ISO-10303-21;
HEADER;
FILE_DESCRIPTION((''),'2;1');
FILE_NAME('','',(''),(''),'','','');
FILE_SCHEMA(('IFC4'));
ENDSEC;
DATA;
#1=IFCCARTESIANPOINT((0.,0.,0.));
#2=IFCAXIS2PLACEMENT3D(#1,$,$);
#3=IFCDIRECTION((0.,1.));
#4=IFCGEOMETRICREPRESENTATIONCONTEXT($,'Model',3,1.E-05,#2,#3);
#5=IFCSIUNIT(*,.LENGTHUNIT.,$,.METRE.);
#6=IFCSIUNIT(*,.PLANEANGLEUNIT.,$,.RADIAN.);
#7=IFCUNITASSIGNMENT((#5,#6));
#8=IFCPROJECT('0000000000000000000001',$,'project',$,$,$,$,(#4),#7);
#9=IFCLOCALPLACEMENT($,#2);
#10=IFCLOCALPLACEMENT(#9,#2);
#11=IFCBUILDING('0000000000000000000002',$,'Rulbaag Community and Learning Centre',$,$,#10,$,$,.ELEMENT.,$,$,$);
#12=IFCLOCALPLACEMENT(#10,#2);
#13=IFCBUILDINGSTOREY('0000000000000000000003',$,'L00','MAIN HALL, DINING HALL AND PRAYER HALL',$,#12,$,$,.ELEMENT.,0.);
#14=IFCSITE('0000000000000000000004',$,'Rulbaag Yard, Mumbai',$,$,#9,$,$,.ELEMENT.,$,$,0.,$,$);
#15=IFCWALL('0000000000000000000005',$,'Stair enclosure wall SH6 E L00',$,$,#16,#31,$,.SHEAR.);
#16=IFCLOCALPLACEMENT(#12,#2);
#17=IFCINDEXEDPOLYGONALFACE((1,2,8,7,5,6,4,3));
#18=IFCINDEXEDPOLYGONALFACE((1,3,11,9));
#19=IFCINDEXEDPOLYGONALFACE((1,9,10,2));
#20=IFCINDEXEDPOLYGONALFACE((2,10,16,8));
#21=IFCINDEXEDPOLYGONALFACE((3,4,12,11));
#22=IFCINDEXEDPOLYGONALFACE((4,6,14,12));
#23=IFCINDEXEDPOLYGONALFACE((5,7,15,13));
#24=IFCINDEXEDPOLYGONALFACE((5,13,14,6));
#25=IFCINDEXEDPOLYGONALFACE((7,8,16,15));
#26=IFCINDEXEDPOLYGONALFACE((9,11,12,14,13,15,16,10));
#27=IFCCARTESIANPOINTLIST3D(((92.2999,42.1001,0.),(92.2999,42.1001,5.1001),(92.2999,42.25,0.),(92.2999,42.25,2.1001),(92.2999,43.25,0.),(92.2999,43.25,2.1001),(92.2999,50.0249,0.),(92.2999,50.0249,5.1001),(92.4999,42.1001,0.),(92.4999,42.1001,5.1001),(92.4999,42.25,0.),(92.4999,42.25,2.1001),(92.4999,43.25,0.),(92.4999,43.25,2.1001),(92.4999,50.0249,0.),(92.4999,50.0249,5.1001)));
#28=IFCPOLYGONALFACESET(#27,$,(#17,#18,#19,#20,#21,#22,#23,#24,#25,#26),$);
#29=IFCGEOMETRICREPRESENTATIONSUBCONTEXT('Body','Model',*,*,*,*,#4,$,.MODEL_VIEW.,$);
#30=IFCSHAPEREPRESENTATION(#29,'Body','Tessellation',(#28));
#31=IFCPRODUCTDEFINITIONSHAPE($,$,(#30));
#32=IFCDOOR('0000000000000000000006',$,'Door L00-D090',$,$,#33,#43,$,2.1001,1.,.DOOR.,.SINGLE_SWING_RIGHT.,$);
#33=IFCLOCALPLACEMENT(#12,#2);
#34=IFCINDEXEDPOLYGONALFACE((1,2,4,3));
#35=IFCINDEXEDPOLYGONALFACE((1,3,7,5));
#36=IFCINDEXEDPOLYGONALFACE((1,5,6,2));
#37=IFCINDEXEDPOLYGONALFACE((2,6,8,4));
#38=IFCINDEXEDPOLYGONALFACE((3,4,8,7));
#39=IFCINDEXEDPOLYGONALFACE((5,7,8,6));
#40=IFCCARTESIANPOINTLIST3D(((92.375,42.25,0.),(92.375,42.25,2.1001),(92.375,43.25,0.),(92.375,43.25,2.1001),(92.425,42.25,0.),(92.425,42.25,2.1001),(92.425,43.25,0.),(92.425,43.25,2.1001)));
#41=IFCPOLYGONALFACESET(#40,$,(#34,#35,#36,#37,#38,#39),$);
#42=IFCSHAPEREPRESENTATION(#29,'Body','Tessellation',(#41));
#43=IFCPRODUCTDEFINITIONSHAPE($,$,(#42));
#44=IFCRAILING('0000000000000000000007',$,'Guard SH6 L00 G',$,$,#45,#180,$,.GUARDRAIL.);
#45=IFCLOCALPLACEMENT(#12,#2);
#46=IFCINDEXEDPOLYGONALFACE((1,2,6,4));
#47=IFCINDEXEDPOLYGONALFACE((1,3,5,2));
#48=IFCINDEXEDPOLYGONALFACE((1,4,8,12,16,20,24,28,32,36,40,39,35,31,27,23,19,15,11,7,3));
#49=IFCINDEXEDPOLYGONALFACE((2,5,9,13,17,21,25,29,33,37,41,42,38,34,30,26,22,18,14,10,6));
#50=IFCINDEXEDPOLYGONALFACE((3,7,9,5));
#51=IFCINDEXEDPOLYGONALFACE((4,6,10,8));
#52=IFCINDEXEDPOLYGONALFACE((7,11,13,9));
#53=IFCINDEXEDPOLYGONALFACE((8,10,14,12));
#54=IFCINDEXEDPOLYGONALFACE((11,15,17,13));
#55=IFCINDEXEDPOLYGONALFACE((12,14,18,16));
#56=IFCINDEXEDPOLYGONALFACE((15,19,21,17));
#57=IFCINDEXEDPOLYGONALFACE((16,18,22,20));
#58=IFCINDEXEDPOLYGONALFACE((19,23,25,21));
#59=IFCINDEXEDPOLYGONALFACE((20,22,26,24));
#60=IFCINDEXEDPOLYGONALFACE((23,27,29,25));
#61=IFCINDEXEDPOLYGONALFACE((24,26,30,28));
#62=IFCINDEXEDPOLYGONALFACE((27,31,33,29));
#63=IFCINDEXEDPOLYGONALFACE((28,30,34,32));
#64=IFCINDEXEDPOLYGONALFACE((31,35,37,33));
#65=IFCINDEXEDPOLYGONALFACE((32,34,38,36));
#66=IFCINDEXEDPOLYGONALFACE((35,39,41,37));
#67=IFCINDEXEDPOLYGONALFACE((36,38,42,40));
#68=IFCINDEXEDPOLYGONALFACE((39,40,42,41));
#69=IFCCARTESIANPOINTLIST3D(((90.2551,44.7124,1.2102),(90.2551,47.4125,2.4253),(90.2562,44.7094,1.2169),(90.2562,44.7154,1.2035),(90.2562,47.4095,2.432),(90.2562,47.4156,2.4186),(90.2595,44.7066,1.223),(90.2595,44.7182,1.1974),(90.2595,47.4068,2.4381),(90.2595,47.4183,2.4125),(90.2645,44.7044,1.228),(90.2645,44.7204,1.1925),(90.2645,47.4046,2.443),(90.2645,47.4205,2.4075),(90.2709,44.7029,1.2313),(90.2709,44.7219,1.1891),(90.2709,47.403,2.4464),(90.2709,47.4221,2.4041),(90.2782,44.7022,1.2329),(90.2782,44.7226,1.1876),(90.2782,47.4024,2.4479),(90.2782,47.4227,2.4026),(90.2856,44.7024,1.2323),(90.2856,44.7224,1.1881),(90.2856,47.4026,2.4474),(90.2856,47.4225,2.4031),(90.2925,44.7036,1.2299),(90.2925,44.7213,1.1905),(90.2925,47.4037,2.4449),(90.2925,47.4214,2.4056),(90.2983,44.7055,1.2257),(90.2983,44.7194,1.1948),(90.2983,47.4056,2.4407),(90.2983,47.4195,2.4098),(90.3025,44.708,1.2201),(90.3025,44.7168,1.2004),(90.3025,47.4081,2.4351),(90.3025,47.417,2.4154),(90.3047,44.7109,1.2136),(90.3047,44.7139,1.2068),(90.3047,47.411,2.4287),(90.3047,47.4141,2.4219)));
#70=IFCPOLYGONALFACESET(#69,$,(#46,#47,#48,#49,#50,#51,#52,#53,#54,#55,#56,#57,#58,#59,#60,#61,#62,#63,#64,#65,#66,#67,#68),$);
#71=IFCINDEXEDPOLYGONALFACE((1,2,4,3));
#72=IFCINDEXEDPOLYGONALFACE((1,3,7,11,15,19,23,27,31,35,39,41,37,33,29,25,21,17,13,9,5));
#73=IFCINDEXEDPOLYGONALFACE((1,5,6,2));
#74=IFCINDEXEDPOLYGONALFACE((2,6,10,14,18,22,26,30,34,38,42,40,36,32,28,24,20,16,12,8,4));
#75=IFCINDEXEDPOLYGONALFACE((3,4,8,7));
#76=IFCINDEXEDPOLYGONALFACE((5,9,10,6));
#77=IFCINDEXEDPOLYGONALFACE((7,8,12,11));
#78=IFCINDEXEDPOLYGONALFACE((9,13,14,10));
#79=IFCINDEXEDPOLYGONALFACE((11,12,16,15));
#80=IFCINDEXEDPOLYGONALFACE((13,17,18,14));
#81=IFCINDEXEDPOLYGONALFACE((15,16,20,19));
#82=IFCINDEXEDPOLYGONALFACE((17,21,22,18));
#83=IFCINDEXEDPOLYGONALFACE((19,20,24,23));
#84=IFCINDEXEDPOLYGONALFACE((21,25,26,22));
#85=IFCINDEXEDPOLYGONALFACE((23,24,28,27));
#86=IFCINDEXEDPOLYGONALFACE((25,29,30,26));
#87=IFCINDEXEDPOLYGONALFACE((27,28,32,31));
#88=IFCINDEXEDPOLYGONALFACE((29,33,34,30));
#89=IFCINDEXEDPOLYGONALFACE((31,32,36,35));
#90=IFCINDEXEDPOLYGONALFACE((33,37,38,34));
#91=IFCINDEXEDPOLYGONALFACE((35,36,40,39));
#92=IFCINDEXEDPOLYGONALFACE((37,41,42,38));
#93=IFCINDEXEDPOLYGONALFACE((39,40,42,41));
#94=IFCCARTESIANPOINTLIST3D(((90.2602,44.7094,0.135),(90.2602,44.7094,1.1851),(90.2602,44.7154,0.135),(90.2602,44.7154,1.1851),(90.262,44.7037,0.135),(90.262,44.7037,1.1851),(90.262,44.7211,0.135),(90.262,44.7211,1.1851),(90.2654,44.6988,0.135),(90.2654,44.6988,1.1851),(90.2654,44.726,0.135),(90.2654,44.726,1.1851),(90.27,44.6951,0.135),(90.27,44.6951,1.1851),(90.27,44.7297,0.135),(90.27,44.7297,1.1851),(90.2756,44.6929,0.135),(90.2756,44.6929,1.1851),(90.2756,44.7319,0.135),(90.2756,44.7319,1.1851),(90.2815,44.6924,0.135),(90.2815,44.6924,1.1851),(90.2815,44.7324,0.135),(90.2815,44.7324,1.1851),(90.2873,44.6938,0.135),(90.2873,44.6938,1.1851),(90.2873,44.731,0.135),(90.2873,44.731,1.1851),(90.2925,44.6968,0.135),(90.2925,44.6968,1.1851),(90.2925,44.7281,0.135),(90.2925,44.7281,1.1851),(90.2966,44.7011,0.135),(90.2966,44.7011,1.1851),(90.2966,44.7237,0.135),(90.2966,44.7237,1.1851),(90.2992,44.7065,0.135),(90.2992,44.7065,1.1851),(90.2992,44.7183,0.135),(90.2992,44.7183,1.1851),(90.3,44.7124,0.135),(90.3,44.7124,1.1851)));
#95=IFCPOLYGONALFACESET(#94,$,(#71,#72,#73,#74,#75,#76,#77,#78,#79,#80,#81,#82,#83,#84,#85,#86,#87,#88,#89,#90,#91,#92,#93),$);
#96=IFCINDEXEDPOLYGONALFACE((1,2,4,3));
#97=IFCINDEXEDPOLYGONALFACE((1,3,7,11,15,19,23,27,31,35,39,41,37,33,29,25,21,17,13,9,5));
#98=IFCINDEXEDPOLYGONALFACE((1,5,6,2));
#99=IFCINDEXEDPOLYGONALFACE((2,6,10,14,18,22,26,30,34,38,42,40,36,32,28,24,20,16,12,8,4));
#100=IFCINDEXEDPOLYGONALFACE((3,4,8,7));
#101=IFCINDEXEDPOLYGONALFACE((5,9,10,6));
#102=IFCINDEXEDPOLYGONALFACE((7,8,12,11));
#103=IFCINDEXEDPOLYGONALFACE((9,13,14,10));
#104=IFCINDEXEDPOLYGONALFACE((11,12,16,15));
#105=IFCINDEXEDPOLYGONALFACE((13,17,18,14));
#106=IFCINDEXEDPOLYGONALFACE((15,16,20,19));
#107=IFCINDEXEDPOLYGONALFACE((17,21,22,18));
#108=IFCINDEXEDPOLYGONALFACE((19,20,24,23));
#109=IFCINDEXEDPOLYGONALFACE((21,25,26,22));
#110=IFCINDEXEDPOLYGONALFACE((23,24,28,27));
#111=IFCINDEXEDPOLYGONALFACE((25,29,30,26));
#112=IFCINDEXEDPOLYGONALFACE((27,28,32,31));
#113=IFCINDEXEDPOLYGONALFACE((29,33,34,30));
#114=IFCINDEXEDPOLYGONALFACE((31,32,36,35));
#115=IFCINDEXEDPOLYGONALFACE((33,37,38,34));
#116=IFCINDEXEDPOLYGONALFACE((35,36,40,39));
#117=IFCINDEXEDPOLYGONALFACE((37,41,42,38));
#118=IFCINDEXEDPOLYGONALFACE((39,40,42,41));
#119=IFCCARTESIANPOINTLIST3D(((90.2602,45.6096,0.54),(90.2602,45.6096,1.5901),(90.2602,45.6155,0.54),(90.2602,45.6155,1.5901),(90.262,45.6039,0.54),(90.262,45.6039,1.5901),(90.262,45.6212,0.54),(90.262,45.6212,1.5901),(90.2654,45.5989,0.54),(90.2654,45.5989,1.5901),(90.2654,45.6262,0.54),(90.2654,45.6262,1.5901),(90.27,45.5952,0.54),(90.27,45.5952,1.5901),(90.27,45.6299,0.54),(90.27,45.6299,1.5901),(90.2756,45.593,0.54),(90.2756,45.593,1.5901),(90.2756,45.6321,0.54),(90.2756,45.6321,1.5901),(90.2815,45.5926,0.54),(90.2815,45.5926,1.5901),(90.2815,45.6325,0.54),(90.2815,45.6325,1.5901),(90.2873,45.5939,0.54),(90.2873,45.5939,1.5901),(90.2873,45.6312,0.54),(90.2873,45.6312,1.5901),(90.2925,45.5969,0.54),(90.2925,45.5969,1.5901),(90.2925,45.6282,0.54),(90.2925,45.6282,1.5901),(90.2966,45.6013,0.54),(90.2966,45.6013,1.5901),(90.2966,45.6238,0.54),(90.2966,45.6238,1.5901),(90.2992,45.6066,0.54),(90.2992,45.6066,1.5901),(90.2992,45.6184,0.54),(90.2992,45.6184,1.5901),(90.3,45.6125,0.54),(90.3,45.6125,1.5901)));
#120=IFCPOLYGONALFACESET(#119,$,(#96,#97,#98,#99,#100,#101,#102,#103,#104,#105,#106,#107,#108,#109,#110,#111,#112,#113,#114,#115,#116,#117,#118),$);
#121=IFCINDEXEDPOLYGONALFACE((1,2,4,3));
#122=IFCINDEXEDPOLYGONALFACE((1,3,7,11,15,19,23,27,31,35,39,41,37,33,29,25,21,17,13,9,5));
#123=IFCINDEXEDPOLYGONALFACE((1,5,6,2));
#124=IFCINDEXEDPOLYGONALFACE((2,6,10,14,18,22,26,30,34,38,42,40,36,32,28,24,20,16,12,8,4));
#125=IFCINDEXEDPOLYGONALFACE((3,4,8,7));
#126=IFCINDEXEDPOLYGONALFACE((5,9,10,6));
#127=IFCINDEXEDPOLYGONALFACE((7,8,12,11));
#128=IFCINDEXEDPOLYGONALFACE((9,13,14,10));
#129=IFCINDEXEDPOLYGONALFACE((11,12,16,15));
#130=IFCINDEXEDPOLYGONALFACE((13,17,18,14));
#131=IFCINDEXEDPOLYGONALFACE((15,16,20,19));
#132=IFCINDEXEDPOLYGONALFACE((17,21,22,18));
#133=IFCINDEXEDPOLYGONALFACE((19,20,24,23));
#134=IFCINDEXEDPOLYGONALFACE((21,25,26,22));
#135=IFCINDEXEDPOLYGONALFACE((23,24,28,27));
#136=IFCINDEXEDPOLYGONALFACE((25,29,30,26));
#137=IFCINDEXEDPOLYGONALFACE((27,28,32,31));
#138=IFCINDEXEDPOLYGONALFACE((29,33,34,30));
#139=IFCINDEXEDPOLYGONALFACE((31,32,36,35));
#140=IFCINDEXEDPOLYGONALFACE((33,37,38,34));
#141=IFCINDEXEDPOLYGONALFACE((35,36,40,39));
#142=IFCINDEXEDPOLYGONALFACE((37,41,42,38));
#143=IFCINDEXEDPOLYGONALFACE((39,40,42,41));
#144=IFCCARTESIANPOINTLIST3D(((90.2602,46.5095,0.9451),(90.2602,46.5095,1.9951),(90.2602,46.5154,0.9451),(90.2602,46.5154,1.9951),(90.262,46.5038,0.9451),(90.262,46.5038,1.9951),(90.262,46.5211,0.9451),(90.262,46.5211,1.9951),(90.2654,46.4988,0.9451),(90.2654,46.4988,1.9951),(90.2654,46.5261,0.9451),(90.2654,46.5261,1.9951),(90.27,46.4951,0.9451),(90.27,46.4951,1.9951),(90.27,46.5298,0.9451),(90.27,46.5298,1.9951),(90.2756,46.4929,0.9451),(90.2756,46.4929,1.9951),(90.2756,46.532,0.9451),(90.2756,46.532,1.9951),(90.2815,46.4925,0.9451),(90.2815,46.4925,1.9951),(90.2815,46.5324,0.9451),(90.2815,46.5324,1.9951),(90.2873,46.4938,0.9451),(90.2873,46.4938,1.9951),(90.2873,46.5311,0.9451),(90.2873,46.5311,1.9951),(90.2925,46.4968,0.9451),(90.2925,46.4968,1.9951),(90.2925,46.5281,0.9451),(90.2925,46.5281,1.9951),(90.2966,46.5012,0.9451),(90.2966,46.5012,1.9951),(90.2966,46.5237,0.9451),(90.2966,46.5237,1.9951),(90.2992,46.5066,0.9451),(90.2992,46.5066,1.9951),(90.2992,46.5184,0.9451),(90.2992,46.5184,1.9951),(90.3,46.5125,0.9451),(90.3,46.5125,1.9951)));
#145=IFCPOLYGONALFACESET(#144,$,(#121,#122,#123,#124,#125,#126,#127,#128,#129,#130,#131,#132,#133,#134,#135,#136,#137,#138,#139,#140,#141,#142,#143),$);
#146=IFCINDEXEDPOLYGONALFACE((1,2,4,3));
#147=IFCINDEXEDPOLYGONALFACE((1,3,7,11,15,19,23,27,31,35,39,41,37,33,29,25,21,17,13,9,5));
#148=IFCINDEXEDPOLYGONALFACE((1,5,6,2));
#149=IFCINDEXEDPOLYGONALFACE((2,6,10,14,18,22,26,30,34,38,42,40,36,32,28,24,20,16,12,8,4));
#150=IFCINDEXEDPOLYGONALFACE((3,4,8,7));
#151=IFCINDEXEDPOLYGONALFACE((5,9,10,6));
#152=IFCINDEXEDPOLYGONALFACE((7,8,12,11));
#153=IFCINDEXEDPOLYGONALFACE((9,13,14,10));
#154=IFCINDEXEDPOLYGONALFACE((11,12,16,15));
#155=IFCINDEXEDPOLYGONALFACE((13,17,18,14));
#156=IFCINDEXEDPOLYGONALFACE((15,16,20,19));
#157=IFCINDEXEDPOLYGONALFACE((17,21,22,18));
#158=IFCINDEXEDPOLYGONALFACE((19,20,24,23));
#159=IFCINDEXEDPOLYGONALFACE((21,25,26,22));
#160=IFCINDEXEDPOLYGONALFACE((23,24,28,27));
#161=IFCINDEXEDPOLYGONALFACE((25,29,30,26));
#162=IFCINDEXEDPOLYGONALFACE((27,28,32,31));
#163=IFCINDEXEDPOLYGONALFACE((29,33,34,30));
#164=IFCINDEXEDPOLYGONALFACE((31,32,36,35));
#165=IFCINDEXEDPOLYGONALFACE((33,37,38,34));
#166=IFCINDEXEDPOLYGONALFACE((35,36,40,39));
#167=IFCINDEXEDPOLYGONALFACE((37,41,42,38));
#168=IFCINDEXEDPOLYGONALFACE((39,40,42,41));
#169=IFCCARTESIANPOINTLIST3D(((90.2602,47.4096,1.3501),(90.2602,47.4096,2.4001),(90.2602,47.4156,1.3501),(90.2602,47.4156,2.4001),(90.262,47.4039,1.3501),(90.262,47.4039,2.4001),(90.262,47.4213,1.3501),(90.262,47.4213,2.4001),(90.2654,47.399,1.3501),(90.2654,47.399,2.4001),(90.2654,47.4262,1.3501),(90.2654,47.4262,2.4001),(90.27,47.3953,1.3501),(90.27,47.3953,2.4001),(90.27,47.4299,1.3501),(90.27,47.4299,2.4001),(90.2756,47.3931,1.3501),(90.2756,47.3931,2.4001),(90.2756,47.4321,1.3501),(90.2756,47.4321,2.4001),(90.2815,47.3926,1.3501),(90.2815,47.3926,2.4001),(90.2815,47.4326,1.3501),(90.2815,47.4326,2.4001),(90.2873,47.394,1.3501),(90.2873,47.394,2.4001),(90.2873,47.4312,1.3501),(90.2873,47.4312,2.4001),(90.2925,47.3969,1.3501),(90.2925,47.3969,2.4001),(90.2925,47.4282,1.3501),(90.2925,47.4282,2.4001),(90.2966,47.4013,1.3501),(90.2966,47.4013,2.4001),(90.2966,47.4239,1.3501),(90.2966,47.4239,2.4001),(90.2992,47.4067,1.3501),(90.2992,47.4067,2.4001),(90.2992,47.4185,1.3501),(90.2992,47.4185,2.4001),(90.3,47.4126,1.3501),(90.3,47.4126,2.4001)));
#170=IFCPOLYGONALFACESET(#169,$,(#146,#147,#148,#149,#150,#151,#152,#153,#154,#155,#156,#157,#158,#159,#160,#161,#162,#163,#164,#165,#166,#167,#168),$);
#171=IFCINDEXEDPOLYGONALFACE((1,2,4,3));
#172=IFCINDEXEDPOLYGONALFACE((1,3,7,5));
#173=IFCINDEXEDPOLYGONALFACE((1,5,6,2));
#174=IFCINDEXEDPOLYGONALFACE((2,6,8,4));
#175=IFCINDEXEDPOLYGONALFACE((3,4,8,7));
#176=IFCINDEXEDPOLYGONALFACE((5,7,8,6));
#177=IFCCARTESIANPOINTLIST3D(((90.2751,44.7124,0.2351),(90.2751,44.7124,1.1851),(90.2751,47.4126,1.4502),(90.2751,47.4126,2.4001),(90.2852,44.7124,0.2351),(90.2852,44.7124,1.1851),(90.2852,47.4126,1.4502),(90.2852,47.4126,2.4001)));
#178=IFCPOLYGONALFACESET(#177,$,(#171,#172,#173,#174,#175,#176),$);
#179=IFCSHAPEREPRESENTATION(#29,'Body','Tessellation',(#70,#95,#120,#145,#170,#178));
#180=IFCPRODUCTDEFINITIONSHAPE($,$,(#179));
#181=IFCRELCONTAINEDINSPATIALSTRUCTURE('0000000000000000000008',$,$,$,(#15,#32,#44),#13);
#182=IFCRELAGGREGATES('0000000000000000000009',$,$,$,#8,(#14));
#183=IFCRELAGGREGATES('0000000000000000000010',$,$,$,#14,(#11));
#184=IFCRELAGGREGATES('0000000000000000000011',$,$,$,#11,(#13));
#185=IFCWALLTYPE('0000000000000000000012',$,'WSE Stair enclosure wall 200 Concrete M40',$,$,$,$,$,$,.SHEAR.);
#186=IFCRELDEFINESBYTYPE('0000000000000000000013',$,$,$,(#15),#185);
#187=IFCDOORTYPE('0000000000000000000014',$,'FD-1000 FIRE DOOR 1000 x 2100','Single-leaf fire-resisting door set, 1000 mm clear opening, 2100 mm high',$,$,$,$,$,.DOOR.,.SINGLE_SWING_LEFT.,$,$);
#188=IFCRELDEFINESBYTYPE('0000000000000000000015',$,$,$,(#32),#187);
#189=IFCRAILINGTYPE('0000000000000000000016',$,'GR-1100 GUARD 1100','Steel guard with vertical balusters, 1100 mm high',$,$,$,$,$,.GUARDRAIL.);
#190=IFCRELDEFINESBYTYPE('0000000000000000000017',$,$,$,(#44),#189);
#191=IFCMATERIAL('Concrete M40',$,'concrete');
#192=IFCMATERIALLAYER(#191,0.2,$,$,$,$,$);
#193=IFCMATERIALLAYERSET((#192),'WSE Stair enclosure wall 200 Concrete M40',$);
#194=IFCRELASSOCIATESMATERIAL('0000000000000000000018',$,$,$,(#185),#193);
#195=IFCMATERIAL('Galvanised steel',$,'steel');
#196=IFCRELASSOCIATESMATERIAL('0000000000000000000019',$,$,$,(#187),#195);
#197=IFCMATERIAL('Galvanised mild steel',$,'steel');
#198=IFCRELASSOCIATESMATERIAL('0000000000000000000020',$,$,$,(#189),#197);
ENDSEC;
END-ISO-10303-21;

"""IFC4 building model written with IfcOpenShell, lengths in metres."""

from ifc_helpers import new_model, si_unit, direction, frame, frame_2d, origin, origin_2d, place, context, subcontext, project, spatial, polyline, rectangle, circle, outline, extrude, material, layer, layer_set, type_object, element, fill, save


model = new_model("IFC4")

# Units and contexts
model_context = context("Model", 3, precision=1e-05, world=origin(), true_north=direction((0.0, 1.0)))
body_context = subcontext(model_context, "Body", "Model", "MODEL_VIEW")
ifc_project = project(units=[si_unit("LENGTHUNIT", "METRE"), si_unit("PLANEANGLEUNIT", "RADIAN")], contexts=[model_context])

# Site, building, storey
site_placement = place(None, origin())
site = spatial("IfcSite", under=ifc_project, at=site_placement, Name="Rulbaag Yard, Mumbai", CompositionType="ELEMENT", RefElevation=0.0)
building_placement = place(site_placement, origin())
building = spatial("IfcBuilding", under=site, at=building_placement, Name="Rulbaag Community and Learning Centre", CompositionType="ELEMENT")
storey_placement = place(building_placement, origin())
storey = spatial("IfcBuildingStorey", under=building, at=storey_placement, Name="L00", Description="MAIN HALL, DINING HALL AND PRAYER HALL", CompositionType="ELEMENT", Elevation=0.0)

# Shared definitions
ifc_material_1 = material(Name="Concrete M40", Category="concrete")

# Shared definitions
ifc_layer_1 = layer(ifc_material_1, 0.2)
ifc_layer_set_1 = layer_set([ifc_layer_1], Name="WSE Stair enclosure wall 200 Concrete M40")
wall_type_1 = type_object("IfcWallType", Name="WSE Stair enclosure wall 200 Concrete M40", PredefinedType="SHEAR", material=ifc_layer_set_1)
ifc_material_2 = material(Name="Galvanised steel", Category="steel")

# Wall, opening, door
wall_1_placement = place(storey_placement, frame((92.3999, 42.1001, 0.0), z_axis=(0.0, 0.0, 1.0), x_axis=(0.0, 1.0, 0.0)))
wall_1 = element("IfcWall", 1, at=wall_1_placement, inside=storey, type_object=wall_type_1, Name="Stair enclosure wall SH6 E L00", PredefinedType="SHEAR", context=body_context, shape_type="SweptSolid", body=[
    extrude(rectangle(XDim=7.9248, YDim=0.2, at=frame_2d((3.9624, 0.0))), origin(), (0.0, 0.0, 1.0), 5.1001),
])
opening_1_placement = place(wall_1_placement, frame((0.1499, 0.0, 0.0)))
opening_1 = element("IfcOpeningElement", 2, at=opening_1_placement, cuts=wall_1, PredefinedType="OPENING", context=body_context, shape_type="SweptSolid", body=[
    extrude(rectangle(XDim=1.0, YDim=2.1001, at=frame_2d((0.5, 1.05))), frame((0.0, 0.1099, 0.0), z_axis=(0.0, -1.0, 0.0), x_axis=(1.0, 0.0, 0.0)), (0.0, 0.0, 1.0), 0.22),
])
door_type_1 = type_object("IfcDoorType", Name="FD-1000 FIRE DOOR 1000 x 2100", Description="Single-leaf fire-resisting door set, 1000 mm clear opening, 2100 mm high", OperationType="SINGLE_SWING_LEFT", PredefinedType="DOOR", material=ifc_material_2)
door_1_placement = place(opening_1_placement, origin())
door_1 = element("IfcDoor", 3, at=door_1_placement, inside=storey, type_object=door_type_1, Name="Door L00-D090", OperationType="SINGLE_SWING_RIGHT", OverallHeight=2.1001, OverallWidth=1.0, PredefinedType="DOOR", context=body_context, shape_type="SweptSolid", body=[
    extrude(rectangle(XDim=1.0, YDim=2.1001, at=frame_2d((0.5, 1.05))), frame((0.0, 0.0249, 0.0), z_axis=(0.0, -1.0, 0.0), x_axis=(1.0, 0.0, 0.0)), (0.0, 0.0, 1.0), 0.05),
])
fill(opening_1, door_1)

# Railing
ifc_material_3 = material(Name="Galvanised mild steel", Category="steel")
railing_type_1 = type_object("IfcRailingType", Name="GR-1100 GUARD 1100", Description="Steel guard with vertical balusters, 1100 mm high", PredefinedType="GUARDRAIL", material=ifc_material_3)
railing_1_placement = place(storey_placement, frame((90.28, 44.7124, 0.135)))
element("IfcRailing", 4, at=railing_1_placement, inside=storey, type_object=railing_type_1, Name="Guard SH6 L00 G", PredefinedType="GUARDRAIL", context=body_context, shape_type="SweptSolid", body=[
    extrude(circle(Radius=0.0249, at=origin_2d()), frame((0.0, 0.0, 1.0752), z_axis=(0.0, 0.911922, 0.410365), x_axis=(-1.0, 0.0, 0.0)), (0.0, 0.0, 1.0), 2.9609),
    extrude(circle(Radius=0.02, at=origin_2d()), origin(), (0.0, 0.0, 1.0), 1.05),
    extrude(circle(Radius=0.02, at=origin_2d()), frame((0.0, 0.9001, 0.405)), (0.0, 0.0, 1.0), 1.05),
    extrude(circle(Radius=0.02, at=origin_2d()), frame((0.0, 1.8, 0.8101)), (0.0, 0.0, 1.0), 1.05),
    extrude(circle(Radius=0.02, at=origin_2d()), frame((0.0, 2.7002, 1.2151)), (0.0, 0.0, 1.0), 1.05),
    extrude(outline(polyline([(0.0, 0.0), (2.7002, 1.2151), (2.7002, 2.165), (0.0, 0.95), (0.0, 0.0)])), frame((-0.0049, 0.0, 0.1001), z_axis=(1.0, 0.0, 0.0), x_axis=(0.0, 1.0, 0.0)), (0.0, 0.0, 1.0), 0.01),
])

save(model, "model.ifc")
